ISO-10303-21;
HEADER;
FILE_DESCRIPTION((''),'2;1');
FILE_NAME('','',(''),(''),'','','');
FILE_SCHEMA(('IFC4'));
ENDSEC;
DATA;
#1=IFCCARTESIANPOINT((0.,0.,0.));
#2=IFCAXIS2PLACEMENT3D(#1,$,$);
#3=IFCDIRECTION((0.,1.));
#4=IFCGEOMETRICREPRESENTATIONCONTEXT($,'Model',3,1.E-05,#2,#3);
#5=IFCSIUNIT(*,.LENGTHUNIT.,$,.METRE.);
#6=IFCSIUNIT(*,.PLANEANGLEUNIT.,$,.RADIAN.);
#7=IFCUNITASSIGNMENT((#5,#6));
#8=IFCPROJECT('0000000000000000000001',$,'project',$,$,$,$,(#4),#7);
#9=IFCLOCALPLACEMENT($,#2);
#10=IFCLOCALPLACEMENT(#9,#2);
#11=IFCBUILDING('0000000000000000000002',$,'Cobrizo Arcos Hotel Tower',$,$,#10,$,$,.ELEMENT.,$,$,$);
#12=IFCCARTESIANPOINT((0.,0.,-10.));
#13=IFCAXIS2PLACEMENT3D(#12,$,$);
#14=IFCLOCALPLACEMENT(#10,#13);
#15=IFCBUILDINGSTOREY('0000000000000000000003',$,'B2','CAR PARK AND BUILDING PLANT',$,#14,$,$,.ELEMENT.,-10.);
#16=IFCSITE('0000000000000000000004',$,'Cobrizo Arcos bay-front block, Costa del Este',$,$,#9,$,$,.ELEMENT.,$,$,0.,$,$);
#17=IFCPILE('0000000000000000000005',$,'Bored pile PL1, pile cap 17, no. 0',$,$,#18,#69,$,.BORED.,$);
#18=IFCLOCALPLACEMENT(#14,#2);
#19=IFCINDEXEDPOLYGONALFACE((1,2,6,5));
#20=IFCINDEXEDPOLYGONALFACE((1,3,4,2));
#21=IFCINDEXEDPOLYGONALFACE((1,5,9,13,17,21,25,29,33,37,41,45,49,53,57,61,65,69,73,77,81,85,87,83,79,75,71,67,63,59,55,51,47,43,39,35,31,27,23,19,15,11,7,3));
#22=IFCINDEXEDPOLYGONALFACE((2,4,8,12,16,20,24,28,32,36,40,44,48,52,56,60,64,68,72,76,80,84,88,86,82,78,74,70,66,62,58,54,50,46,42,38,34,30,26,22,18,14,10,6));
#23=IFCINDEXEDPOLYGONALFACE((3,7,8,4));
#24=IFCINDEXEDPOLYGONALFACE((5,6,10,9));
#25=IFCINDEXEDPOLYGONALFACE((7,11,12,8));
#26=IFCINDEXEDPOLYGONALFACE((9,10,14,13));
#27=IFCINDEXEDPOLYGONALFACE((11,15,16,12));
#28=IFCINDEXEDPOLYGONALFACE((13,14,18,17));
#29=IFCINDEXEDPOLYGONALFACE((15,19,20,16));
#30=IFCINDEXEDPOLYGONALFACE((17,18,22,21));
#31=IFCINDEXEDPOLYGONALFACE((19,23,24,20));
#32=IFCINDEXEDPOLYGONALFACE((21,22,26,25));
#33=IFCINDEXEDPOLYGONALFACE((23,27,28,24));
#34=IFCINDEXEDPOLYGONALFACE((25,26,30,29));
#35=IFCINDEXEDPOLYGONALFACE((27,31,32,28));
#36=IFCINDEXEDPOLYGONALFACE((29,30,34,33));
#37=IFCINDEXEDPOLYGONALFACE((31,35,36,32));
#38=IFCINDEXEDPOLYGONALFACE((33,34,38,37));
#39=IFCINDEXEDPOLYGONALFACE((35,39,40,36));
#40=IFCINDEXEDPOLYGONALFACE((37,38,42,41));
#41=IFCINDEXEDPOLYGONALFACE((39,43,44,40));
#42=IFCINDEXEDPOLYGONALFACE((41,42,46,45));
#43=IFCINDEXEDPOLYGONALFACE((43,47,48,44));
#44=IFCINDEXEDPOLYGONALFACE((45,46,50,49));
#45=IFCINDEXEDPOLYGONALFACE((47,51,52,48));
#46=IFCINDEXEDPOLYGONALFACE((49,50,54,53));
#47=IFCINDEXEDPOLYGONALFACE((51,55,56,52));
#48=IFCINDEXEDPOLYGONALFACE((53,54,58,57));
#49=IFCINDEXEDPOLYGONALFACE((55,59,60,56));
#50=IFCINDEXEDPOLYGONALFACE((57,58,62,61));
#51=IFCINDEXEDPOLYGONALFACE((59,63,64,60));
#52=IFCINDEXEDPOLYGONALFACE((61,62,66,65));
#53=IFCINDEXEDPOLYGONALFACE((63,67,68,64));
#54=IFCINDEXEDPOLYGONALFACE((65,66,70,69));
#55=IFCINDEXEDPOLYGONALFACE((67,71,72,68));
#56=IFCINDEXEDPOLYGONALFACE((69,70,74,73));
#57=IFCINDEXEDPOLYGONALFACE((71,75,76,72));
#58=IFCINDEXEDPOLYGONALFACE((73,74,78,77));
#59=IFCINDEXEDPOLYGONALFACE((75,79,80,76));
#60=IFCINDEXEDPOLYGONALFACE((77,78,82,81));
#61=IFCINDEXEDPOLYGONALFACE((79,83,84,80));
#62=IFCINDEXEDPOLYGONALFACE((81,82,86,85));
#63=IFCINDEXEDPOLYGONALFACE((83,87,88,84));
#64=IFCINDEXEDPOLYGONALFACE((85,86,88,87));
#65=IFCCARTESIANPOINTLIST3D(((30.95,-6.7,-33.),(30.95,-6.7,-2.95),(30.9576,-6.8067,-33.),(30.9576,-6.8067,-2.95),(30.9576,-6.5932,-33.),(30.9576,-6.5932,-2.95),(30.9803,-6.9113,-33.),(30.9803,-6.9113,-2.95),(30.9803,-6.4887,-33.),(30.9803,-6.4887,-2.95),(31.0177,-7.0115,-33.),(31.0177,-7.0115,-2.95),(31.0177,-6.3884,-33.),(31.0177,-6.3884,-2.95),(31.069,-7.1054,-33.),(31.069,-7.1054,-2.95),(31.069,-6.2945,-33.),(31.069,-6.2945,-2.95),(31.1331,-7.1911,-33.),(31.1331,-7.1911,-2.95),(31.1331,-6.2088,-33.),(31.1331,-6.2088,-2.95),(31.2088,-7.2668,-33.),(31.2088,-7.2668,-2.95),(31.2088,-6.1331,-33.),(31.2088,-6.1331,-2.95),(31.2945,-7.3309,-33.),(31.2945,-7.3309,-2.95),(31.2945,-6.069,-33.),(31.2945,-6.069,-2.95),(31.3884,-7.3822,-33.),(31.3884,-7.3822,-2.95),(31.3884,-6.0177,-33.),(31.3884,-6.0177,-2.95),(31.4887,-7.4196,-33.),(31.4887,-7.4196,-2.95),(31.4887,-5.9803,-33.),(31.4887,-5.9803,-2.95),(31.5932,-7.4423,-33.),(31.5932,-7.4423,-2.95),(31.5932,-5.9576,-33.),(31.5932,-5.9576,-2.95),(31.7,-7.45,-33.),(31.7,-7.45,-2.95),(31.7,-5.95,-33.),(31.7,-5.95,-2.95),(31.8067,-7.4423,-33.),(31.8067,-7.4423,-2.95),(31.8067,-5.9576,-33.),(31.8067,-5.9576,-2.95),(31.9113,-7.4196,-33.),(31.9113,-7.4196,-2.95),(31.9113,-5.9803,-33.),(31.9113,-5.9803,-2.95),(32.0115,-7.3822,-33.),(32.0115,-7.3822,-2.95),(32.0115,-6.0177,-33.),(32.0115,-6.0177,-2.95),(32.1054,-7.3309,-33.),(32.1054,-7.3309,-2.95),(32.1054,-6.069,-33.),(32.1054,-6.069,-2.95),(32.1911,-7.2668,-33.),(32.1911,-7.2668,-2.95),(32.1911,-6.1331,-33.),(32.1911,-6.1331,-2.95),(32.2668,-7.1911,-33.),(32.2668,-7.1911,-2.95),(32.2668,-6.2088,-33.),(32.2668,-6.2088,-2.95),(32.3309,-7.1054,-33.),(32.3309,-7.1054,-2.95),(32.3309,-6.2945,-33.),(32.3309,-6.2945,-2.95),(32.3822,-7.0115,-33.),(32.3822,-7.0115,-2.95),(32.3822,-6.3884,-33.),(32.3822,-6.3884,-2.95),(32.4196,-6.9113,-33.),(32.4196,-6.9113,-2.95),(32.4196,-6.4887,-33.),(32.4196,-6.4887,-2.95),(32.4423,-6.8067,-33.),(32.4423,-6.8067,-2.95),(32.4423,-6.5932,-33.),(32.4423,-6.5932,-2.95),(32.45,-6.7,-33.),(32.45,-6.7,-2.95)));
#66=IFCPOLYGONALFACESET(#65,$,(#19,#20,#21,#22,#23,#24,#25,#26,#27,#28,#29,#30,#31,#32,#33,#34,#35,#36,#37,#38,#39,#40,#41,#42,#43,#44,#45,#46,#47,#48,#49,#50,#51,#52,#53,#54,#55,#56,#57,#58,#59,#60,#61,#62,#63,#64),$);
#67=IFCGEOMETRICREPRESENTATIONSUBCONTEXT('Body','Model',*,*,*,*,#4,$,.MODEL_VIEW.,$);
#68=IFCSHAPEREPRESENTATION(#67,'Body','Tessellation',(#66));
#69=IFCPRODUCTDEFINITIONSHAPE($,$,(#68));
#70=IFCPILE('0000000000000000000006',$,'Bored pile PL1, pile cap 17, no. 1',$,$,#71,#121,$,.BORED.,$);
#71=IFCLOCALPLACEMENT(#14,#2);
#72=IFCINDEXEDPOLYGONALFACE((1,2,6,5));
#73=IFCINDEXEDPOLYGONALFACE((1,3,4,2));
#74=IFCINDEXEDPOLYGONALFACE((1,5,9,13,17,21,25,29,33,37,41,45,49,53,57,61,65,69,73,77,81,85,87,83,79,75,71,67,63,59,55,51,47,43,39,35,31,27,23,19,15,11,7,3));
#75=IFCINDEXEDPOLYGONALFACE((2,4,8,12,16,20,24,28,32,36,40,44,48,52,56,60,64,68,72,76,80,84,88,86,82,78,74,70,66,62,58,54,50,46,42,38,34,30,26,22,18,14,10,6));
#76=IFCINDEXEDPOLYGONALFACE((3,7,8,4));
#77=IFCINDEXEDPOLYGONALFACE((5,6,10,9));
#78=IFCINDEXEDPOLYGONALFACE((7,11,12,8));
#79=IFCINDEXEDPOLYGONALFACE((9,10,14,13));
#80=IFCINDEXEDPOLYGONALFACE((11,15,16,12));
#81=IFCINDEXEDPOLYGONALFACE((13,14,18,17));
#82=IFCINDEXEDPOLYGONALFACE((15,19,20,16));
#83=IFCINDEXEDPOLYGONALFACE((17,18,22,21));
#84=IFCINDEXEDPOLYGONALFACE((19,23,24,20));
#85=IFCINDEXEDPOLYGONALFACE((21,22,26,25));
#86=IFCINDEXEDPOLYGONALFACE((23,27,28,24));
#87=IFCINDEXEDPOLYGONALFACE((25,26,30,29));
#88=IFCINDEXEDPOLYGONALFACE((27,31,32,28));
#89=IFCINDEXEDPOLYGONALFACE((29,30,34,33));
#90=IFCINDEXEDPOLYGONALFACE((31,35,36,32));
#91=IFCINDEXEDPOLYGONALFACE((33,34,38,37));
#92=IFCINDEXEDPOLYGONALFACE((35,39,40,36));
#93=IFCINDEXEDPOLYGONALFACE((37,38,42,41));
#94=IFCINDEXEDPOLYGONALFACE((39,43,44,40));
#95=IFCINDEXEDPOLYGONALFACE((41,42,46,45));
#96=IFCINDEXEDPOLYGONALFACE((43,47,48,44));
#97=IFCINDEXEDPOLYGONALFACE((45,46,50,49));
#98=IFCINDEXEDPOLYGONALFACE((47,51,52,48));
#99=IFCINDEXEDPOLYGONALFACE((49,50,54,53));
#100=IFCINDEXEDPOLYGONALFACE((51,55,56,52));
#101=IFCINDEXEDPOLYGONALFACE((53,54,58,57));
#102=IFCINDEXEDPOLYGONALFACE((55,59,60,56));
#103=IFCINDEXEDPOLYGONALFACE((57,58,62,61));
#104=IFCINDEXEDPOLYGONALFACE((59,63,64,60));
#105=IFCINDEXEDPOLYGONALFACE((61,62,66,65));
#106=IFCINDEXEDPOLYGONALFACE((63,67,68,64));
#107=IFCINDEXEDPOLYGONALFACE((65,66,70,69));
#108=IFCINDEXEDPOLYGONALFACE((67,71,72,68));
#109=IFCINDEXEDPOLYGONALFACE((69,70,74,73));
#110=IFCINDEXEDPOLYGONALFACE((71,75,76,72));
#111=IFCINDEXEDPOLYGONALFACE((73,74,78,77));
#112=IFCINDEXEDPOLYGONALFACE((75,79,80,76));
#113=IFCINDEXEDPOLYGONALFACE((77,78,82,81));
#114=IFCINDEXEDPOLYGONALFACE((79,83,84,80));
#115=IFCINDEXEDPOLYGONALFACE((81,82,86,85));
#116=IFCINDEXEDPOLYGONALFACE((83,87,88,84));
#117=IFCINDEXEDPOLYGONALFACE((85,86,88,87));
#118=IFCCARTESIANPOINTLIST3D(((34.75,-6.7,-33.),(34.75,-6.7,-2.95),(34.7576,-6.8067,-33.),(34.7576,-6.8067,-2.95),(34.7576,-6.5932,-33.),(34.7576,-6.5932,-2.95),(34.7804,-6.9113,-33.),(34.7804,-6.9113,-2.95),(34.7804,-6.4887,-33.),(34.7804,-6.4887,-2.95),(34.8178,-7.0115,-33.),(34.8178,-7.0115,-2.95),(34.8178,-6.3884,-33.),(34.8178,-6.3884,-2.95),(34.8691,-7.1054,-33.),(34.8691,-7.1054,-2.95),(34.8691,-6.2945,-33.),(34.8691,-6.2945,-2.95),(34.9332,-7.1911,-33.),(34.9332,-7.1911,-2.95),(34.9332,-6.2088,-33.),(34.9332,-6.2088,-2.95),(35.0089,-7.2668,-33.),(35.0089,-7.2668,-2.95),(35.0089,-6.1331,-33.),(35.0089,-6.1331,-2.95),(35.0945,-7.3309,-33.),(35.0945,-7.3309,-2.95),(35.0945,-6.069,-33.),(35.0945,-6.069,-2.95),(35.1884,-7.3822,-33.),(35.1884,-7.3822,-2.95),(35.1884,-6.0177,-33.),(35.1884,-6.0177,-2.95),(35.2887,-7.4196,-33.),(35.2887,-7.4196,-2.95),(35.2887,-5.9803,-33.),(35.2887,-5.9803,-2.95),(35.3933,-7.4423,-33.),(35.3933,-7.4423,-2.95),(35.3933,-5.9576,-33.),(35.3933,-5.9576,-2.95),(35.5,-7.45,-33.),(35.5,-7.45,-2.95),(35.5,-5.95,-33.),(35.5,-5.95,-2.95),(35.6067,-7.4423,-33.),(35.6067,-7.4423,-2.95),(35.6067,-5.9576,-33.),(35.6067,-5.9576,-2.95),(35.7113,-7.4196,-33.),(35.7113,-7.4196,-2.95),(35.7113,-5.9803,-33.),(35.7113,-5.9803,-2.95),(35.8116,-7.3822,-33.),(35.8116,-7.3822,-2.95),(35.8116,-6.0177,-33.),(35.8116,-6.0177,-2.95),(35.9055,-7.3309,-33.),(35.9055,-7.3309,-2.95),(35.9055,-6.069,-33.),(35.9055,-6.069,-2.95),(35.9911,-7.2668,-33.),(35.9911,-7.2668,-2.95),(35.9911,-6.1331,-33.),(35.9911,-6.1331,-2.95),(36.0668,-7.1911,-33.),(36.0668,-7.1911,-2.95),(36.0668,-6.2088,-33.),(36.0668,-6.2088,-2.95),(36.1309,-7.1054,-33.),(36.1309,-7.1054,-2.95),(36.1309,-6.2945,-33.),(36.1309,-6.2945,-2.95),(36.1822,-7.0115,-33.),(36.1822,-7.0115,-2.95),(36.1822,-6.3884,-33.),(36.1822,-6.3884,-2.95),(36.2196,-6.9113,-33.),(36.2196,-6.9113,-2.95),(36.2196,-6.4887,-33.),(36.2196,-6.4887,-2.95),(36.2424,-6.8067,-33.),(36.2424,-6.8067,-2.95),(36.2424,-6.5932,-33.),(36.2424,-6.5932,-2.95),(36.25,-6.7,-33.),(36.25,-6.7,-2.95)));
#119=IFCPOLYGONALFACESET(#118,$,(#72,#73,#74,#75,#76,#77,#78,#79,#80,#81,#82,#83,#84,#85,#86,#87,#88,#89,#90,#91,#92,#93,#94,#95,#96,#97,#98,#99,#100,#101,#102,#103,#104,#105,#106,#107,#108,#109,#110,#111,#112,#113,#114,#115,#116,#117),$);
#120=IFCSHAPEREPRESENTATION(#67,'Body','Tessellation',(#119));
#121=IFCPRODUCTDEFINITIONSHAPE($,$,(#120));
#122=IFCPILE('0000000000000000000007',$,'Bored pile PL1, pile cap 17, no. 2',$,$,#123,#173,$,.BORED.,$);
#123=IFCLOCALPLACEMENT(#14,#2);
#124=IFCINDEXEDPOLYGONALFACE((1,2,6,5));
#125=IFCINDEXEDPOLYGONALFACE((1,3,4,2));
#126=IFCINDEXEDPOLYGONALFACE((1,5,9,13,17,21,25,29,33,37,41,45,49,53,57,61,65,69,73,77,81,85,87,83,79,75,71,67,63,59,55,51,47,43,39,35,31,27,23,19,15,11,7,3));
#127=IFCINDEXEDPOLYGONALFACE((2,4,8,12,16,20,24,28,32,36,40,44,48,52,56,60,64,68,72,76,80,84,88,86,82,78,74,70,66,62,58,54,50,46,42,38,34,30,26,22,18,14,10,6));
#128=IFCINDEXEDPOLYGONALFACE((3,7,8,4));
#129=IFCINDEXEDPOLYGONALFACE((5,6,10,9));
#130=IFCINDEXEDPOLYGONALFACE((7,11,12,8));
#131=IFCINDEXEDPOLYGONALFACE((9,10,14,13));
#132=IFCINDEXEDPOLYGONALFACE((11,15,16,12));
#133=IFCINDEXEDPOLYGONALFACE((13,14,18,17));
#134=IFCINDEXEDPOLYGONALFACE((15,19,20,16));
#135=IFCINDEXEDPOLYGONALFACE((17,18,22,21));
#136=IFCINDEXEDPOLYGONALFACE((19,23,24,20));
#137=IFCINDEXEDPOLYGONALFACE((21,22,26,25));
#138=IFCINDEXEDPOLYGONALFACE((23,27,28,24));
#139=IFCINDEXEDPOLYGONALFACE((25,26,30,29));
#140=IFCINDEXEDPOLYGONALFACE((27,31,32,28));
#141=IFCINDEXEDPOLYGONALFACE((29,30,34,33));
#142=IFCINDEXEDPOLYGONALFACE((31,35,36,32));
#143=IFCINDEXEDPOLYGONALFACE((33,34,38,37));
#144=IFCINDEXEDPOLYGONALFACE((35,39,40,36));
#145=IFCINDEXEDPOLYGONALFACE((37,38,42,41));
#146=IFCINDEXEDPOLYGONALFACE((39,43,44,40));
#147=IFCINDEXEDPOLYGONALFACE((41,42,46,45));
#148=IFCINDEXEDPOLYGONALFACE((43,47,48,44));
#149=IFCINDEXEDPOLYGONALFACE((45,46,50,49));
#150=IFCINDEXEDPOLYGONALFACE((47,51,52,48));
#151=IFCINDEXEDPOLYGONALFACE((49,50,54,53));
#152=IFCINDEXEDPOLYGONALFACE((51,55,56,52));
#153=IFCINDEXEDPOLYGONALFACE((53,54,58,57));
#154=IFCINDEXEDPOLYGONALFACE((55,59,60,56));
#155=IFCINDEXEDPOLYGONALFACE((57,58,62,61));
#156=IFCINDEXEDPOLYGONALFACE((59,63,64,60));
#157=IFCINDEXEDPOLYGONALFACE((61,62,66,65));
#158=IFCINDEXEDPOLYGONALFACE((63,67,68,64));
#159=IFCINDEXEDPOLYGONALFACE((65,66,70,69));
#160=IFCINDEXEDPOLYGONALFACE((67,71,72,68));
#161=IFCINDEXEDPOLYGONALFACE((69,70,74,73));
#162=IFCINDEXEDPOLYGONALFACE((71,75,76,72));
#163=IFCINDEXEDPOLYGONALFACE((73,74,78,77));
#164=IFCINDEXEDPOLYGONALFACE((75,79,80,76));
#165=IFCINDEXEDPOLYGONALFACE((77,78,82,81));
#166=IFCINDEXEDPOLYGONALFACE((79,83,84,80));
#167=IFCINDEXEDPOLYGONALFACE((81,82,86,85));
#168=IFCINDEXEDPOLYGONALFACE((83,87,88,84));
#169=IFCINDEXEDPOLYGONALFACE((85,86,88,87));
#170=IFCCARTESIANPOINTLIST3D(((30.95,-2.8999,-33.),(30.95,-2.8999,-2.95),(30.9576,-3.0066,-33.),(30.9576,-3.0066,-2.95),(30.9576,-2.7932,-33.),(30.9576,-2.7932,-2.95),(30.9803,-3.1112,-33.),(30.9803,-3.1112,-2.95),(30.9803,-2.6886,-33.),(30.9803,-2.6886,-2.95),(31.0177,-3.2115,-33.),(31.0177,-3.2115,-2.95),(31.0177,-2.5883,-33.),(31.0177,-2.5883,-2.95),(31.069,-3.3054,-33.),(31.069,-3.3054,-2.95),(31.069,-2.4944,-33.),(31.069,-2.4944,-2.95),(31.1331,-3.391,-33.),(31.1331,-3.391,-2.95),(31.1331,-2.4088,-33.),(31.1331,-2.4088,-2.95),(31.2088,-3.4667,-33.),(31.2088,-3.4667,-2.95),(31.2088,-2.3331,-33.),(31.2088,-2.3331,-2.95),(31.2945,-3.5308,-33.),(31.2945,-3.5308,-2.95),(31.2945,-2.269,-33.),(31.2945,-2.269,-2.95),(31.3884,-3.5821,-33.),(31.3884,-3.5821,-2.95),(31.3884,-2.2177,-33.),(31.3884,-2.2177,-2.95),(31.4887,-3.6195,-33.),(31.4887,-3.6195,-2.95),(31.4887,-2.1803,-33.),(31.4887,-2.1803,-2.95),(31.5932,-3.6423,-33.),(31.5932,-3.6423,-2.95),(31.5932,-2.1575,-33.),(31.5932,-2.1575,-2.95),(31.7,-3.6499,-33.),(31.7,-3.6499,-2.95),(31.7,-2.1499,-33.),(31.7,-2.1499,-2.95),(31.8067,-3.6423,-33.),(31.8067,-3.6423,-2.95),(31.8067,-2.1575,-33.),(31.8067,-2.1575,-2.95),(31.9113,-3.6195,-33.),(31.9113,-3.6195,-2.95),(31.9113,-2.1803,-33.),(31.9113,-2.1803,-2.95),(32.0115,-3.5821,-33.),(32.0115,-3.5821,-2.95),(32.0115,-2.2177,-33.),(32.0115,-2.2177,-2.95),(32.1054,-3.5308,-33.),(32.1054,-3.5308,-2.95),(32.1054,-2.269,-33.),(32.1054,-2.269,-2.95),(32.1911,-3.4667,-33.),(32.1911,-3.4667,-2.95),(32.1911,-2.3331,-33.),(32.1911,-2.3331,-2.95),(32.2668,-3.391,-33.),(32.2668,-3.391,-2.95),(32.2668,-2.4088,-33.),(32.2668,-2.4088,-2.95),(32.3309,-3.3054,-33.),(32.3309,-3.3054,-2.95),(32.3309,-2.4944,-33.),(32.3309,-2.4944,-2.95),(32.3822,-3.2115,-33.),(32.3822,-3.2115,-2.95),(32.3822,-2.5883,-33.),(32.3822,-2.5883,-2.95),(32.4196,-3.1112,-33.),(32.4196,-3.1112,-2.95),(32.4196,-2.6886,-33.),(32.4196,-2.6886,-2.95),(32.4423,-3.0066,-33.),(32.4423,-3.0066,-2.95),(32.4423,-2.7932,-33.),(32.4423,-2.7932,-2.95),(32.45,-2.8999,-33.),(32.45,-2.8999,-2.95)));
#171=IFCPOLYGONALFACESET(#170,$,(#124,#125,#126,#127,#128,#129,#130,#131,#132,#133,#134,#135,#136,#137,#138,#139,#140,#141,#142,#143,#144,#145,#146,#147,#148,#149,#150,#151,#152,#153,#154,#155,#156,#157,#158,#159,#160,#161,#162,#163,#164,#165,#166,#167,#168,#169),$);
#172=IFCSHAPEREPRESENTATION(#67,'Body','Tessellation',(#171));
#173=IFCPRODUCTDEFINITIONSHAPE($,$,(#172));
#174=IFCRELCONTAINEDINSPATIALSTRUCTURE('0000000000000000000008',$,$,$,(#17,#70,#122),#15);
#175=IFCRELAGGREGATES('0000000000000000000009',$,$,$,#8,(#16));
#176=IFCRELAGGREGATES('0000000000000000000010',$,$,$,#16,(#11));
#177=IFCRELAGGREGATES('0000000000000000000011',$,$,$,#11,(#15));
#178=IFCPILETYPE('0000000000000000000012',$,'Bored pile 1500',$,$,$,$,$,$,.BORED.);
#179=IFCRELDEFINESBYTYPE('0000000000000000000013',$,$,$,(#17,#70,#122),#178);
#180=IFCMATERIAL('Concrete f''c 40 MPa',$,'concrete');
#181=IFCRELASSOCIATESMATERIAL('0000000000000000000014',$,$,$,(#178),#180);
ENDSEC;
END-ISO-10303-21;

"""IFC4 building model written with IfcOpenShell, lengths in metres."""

from ifc_helpers import new_model, si_unit, direction, frame, origin, origin_2d, place, context, subcontext, project, spatial, circle, extrude, material, material_profile, profile_set, type_object, element, save


model = new_model("IFC4")

# Units and contexts
model_context = context("Model", 3, precision=1e-05, world=origin(), true_north=direction((0.0, 1.0)))
body_context = subcontext(model_context, "Body", "Model", "MODEL_VIEW")
ifc_project = project(units=[si_unit("LENGTHUNIT", "METRE"), si_unit("PLANEANGLEUNIT", "RADIAN")], contexts=[model_context])

# Site, building, storey
site_placement = place(None, origin())
site = spatial("IfcSite", under=ifc_project, at=site_placement, Name="Cobrizo Arcos bay-front block, Costa del Este", CompositionType="ELEMENT", RefElevation=0.0)
building_placement = place(site_placement, origin())
building = spatial("IfcBuilding", under=site, at=building_placement, Name="Cobrizo Arcos Hotel Tower", CompositionType="ELEMENT")
storey_placement = place(building_placement, frame((0.0, 0.0, -10.0)))
storey = spatial("IfcBuildingStorey", under=building, at=storey_placement, Name="B2", Description="CAR PARK AND BUILDING PLANT", CompositionType="ELEMENT", Elevation=-10.0)

# Piles
ifc_material_1 = material(Name="Concrete f'c 40 MPa", Category="concrete")
ifc_material_profile_1 = material_profile(ifc_material_1, circle(Radius=0.75, at=origin_2d()), Name="BORED PILE 1500")
ifc_profile_set_1 = profile_set([ifc_material_profile_1], Name="Concrete f'c 40 MPa")
pile_type = type_object("IfcPileType", Name="Bored pile 1500", PredefinedType="BORED", material=ifc_profile_set_1)
for number, where, z_axis, x_axis, name in (
    (1, (31.7, -6.7, -2.95), (0.0, 0.0, -1.0), (1.0, 0.0, 0.0), "Bored pile PL1, pile cap 17, no. 0"),
    (2, (35.5, -6.7, -2.95), (0.0, 0.0, -1.0), (1.0, 0.0, 0.0), "Bored pile PL1, pile cap 17, no. 1"),
    (3, (31.7, -2.8999, -2.95), (0.0, 0.0, -1.0), (1.0, 0.0, 0.0), "Bored pile PL1, pile cap 17, no. 2"),
):
    element("IfcPile", number, at=place(storey_placement, frame(where, z_axis=z_axis, x_axis=x_axis)), inside=storey, type_object=pile_type, Name=name, PredefinedType="BORED", context=body_context, shape_type="SweptSolid", body=[
        extrude(circle(Radius=0.75, at=origin_2d()), origin(), (0.0, 0.0, 1.0), 30.05),
    ])

save(model, "model.ifc")
